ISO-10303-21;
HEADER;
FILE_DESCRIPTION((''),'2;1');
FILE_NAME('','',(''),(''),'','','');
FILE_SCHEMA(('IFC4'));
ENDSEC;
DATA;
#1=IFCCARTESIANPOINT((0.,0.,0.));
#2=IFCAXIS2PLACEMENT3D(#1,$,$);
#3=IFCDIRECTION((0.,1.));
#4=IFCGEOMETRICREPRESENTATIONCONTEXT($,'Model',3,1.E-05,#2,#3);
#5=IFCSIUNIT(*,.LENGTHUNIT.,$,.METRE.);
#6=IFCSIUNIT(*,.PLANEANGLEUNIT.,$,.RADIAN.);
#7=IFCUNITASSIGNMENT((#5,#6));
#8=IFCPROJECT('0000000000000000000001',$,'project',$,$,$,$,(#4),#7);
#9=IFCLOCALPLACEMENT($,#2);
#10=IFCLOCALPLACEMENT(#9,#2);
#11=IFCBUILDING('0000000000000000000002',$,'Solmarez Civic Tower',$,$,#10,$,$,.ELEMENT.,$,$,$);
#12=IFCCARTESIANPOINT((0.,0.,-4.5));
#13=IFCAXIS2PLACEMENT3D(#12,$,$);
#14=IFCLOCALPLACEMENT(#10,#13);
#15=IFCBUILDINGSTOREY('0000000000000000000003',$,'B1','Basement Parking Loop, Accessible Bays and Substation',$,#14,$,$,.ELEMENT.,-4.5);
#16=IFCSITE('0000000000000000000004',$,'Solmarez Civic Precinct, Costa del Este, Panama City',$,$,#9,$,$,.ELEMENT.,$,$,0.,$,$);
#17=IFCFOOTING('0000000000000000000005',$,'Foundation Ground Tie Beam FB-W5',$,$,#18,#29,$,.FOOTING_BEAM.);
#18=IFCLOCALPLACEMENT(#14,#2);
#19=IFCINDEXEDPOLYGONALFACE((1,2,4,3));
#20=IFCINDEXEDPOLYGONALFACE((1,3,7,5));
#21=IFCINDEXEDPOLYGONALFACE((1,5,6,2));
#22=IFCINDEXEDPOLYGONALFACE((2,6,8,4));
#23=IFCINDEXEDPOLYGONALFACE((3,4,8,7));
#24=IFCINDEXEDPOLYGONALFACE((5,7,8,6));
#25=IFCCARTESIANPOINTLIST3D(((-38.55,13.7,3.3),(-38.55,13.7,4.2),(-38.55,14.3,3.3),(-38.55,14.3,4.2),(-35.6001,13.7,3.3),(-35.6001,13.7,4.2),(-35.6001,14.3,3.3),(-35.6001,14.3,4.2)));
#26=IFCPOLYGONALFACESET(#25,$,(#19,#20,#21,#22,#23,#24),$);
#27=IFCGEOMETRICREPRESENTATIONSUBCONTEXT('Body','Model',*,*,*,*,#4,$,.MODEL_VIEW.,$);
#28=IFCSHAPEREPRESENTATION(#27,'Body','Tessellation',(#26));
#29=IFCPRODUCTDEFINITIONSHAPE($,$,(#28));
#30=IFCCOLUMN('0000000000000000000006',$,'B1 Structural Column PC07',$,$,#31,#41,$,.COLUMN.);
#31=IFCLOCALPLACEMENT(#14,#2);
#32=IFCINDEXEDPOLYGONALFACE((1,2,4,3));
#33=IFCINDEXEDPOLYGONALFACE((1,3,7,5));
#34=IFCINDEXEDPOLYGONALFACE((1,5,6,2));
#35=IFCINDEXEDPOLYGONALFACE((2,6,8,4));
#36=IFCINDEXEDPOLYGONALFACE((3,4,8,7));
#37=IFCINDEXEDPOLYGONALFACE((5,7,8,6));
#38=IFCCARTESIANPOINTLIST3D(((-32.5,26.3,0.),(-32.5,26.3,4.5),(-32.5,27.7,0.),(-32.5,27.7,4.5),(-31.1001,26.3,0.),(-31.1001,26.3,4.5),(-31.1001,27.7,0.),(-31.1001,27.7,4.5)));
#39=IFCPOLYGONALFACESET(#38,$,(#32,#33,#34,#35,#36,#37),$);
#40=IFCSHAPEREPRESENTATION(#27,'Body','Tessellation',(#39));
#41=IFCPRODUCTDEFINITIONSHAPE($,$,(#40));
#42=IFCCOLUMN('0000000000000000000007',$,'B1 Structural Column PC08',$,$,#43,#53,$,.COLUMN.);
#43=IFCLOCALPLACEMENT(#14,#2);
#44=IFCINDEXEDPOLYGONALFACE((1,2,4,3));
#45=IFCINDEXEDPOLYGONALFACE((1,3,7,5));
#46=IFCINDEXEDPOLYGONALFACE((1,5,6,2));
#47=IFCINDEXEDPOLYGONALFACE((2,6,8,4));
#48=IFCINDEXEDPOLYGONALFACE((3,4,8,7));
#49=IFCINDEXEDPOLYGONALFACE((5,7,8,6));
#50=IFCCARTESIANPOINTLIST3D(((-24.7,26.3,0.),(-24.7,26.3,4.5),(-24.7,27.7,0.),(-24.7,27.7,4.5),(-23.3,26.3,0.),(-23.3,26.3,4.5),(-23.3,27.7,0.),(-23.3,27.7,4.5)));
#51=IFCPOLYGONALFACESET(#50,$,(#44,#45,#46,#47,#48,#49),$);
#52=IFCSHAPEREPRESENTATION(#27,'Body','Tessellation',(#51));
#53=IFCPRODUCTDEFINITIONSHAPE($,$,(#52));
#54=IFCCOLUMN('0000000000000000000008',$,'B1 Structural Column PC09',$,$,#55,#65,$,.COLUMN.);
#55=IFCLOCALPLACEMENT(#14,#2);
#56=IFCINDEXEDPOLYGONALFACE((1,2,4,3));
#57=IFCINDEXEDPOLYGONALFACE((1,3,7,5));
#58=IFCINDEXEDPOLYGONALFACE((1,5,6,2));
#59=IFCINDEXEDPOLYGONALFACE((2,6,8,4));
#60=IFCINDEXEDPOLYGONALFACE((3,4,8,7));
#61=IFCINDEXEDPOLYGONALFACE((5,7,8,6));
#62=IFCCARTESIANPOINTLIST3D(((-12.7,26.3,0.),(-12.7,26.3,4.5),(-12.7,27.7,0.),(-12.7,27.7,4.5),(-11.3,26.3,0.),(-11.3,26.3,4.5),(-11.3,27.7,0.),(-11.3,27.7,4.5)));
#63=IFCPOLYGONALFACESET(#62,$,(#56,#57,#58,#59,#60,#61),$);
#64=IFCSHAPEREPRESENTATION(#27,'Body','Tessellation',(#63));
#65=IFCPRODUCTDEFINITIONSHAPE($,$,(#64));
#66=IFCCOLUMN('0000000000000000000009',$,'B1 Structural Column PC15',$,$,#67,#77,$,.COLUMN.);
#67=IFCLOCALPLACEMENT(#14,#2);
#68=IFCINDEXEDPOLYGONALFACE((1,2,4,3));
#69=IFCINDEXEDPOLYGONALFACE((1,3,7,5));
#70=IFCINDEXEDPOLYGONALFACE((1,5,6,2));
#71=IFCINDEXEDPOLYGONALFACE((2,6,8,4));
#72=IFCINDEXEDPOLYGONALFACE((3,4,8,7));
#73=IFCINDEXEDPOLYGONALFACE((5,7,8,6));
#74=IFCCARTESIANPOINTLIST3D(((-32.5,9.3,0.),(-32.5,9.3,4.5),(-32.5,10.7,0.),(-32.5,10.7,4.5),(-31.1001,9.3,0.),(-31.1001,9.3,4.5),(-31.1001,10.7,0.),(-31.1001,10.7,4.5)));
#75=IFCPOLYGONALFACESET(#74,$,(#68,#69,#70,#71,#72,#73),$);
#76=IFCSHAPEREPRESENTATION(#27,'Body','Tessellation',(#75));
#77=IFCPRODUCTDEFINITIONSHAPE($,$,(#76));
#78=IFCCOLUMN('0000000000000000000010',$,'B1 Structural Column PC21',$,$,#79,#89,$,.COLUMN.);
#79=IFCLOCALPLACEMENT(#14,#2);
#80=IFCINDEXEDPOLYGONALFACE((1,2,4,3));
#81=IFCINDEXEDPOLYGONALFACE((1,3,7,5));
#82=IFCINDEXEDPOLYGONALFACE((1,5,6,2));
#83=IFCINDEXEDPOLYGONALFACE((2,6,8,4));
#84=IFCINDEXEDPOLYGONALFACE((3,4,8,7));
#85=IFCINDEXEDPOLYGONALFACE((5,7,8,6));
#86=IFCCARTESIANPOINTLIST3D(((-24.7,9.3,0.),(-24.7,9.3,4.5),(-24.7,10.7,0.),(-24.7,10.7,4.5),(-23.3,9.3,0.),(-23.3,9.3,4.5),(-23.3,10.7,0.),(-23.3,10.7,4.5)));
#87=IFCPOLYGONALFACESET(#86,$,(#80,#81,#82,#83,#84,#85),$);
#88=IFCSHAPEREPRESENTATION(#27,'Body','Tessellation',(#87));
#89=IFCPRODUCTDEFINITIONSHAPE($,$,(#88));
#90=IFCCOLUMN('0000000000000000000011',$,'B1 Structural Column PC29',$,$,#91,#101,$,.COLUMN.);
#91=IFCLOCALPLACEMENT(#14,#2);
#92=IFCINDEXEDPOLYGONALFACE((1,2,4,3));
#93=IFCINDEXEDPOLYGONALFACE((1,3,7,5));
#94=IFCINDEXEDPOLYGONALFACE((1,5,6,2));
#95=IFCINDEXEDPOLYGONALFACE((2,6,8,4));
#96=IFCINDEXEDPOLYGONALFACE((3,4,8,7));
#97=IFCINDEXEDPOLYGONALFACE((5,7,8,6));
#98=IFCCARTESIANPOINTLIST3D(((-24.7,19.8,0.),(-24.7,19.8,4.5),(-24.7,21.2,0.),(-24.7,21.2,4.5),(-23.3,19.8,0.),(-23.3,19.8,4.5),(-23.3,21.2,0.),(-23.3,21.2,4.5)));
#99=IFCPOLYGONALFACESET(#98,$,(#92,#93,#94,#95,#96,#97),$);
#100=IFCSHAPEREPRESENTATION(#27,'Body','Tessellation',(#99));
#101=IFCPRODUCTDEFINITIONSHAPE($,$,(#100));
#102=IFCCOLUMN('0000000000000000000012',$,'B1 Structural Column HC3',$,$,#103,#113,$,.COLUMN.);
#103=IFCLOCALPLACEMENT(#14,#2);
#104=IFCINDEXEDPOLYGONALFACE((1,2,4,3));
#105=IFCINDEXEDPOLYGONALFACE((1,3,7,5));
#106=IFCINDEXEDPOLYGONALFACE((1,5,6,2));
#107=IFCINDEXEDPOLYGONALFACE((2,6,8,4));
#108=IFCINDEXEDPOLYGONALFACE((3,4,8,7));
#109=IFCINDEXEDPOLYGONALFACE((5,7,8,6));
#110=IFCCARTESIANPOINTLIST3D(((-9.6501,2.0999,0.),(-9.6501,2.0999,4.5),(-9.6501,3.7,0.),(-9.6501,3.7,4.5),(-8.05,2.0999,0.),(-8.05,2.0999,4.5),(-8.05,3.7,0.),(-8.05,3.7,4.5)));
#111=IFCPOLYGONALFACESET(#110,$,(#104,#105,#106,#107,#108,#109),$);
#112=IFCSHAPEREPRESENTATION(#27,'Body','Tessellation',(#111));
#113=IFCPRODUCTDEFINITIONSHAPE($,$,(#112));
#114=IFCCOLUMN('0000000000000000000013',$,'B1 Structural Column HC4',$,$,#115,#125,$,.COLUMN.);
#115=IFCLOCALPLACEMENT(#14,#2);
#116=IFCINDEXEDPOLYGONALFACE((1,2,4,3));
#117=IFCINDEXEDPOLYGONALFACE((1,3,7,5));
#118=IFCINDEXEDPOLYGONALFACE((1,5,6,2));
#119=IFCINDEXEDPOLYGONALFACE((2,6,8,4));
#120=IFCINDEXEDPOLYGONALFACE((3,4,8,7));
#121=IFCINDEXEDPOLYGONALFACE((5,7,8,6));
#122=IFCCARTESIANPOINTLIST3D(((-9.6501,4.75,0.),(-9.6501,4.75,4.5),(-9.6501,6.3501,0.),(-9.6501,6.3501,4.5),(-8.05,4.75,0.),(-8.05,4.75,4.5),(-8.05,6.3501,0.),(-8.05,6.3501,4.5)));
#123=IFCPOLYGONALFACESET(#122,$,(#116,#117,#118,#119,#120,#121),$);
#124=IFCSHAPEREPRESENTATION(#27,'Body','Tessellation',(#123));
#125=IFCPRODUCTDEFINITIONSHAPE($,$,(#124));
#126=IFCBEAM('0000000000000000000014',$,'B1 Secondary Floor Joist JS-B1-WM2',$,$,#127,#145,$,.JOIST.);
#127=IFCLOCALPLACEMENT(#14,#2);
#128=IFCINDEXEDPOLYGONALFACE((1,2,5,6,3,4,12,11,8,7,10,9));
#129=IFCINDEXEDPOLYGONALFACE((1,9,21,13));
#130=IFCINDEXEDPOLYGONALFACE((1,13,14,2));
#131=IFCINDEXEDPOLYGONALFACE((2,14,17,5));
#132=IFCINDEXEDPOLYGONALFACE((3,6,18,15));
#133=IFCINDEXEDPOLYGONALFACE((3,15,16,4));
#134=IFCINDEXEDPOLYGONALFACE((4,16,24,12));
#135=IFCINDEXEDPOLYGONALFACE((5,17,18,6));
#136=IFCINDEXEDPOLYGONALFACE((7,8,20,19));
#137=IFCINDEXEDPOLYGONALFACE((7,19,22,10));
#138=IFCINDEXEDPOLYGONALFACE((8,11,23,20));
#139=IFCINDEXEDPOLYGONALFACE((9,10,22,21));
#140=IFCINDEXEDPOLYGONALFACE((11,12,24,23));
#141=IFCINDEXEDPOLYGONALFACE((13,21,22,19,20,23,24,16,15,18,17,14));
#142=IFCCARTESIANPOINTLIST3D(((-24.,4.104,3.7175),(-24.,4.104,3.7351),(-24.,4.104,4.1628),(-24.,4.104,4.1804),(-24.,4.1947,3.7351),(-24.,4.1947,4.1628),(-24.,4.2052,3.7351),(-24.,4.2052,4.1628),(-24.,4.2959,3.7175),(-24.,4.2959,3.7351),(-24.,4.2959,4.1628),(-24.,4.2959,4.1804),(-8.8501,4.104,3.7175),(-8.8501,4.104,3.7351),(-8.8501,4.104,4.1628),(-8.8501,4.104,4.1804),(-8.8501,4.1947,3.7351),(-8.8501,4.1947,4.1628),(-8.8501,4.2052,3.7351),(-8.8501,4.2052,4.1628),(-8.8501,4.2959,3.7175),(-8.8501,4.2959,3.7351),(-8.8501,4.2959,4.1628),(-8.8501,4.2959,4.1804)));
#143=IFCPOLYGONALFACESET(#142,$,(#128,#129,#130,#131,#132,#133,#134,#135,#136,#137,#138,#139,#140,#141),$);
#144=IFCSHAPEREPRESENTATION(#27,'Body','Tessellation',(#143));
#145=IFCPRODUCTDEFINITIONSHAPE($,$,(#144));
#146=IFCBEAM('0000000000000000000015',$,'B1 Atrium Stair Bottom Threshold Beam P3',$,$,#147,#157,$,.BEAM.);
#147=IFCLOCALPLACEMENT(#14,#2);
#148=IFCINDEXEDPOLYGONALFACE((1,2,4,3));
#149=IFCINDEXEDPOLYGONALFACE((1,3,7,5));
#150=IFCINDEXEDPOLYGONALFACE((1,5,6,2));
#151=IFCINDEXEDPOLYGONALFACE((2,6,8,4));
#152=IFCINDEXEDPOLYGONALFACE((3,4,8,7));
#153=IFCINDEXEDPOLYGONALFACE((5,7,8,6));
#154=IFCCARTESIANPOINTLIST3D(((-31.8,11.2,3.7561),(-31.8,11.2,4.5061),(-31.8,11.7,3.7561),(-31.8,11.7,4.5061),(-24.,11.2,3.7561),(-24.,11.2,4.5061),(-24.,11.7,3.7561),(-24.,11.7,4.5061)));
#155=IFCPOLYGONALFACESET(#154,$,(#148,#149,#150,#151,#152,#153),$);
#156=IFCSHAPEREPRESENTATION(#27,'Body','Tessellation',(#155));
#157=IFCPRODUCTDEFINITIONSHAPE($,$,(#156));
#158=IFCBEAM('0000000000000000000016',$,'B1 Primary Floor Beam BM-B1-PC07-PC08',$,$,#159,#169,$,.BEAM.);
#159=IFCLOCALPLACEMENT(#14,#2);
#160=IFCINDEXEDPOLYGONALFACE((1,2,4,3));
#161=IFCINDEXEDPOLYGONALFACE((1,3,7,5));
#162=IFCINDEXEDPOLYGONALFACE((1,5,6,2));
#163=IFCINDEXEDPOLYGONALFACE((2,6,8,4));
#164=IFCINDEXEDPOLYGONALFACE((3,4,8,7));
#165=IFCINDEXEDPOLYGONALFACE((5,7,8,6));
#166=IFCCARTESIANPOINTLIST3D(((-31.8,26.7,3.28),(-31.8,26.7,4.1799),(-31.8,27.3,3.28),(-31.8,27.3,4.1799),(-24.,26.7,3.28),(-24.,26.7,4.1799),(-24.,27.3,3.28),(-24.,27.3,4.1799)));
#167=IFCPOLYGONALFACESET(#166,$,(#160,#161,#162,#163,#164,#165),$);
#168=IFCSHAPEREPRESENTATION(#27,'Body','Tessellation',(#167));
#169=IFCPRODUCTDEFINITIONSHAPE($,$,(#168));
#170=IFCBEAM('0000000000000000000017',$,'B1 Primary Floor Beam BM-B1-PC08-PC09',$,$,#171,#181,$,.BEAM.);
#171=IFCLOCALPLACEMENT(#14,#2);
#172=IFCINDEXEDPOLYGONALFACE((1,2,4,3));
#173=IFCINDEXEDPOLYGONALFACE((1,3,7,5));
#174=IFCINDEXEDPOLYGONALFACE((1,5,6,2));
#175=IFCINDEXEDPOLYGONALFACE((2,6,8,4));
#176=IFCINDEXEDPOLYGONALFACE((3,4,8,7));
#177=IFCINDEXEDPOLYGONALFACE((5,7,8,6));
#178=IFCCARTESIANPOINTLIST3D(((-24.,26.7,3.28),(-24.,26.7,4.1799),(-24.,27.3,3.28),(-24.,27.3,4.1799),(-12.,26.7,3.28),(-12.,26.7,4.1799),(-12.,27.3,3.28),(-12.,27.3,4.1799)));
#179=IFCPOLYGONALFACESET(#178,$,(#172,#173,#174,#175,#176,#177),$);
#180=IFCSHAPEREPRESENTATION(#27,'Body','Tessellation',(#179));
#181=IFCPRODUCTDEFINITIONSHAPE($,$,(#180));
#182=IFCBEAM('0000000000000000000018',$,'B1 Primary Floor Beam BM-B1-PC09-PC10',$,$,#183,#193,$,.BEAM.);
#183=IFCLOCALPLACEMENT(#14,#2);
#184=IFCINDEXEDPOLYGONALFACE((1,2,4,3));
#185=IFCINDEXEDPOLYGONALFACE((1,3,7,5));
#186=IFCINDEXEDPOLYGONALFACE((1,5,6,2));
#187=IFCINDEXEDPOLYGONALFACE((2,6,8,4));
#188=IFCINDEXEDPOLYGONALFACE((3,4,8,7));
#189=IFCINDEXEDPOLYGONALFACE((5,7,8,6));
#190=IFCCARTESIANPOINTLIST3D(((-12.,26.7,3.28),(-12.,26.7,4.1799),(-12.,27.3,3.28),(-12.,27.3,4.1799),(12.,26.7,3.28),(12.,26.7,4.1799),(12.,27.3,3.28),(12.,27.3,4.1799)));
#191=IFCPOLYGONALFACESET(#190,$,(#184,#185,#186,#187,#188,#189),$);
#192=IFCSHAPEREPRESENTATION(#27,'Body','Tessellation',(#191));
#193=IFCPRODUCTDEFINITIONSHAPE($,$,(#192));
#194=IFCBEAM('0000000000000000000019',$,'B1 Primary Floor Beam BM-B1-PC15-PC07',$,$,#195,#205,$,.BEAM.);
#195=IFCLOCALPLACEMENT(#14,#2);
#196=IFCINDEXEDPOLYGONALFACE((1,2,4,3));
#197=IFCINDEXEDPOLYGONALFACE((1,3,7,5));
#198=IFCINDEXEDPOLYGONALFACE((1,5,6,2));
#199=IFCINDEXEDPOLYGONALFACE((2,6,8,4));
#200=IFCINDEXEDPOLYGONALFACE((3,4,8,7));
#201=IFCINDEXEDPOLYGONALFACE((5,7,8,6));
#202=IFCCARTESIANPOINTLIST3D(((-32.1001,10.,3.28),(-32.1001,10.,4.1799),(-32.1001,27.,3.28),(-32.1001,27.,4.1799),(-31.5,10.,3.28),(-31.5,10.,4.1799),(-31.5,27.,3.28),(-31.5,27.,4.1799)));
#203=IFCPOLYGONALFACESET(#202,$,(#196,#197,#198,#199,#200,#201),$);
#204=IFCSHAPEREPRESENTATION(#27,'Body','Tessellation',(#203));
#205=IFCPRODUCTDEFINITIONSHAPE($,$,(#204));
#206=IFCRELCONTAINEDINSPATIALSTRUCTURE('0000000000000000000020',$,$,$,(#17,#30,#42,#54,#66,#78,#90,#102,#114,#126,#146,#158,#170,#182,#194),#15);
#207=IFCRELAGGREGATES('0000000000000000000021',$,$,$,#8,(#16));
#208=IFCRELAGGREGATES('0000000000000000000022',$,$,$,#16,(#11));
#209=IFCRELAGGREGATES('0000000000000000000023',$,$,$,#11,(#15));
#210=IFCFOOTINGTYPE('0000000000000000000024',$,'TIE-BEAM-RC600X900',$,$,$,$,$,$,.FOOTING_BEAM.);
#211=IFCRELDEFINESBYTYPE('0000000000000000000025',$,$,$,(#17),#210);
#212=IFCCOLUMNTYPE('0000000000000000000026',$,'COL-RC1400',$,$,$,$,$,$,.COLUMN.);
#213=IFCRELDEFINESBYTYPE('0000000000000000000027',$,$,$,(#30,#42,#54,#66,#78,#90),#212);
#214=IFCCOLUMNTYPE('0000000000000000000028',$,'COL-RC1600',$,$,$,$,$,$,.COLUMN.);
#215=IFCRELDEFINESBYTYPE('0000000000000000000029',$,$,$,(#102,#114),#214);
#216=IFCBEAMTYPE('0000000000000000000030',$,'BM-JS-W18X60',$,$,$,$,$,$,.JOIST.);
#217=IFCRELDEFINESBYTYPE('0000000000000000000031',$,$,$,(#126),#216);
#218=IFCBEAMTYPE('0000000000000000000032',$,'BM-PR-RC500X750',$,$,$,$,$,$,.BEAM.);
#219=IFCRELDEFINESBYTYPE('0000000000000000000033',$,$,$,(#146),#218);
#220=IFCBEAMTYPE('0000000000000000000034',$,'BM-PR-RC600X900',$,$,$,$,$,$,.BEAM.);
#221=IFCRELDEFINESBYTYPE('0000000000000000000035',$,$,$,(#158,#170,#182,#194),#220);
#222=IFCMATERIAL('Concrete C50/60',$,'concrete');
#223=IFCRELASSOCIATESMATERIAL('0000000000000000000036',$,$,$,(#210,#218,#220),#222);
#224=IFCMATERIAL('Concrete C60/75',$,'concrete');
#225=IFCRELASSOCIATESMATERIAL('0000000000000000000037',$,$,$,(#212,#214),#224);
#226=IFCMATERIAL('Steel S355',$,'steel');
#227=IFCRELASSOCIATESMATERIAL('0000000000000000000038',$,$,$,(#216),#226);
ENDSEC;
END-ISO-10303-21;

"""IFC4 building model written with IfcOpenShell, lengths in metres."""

from ifc_helpers import new_model, si_unit, direction, frame, origin, origin_2d, place, context, subcontext, project, spatial, rectangle, i_section, extrude, material, material_profile, profile_set, type_object, element, save


model = new_model("IFC4")

# Units and contexts
model_context = context("Model", 3, precision=1e-05, world=origin(), true_north=direction((0.0, 1.0)))
body_context = subcontext(model_context, "Body", "Model", "MODEL_VIEW")
ifc_project = project(units=[si_unit("LENGTHUNIT", "METRE"), si_unit("PLANEANGLEUNIT", "RADIAN")], contexts=[model_context])

# Site, building, storey
site_placement = place(None, origin())
site = spatial("IfcSite", under=ifc_project, at=site_placement, Name="Solmarez Civic Precinct, Costa del Este, Panama City", CompositionType="ELEMENT", RefElevation=0.0)
building_placement = place(site_placement, origin())
building = spatial("IfcBuilding", under=site, at=building_placement, Name="Solmarez Civic Tower", CompositionType="ELEMENT")
storey_placement = place(building_placement, frame((0.0, 0.0, -4.5)))
storey = spatial("IfcBuildingStorey", under=building, at=storey_placement, Name="B1", Description="Basement Parking Loop, Accessible Bays and Substation", CompositionType="ELEMENT", Elevation=-4.5)

# Footing
ifc_material_1 = material(Name="Concrete C50/60", Category="concrete")
ifc_material_profile_1 = material_profile(ifc_material_1, rectangle(XDim=0.6001, YDim=0.8999, at=origin_2d()), Name="RC600X900")
ifc_profile_set_1 = profile_set([ifc_material_profile_1], Name="Concrete C50/60")
footing_type = type_object("IfcFootingType", Name="TIE-BEAM-RC600X900", PredefinedType="FOOTING_BEAM", material=ifc_profile_set_1)
footing_placement = place(storey_placement, frame((-38.55, 14.0, 3.75), z_axis=(1.0, 0.0, 0.0), x_axis=(0.0, 1.0, 0.0)))
element("IfcFooting", 1, at=footing_placement, inside=storey, type_object=footing_type, Name="Foundation Ground Tie Beam FB-W5", PredefinedType="FOOTING_BEAM", context=body_context, shape_type="SweptSolid", body=[
    extrude(rectangle(XDim=0.6001, YDim=0.8999, at=origin_2d()), origin(), (0.0, 0.0, 1.0), 2.95),
])

# Columns
ifc_material_2 = material(Name="Concrete C60/75", Category="concrete")
ifc_material_profile_2 = material_profile(ifc_material_2, rectangle(XDim=1.3999, YDim=1.3999, at=origin_2d()), Name="RC1400X1400")
ifc_profile_set_2 = profile_set([ifc_material_profile_2], Name="Concrete C60/75")
column_type_1 = type_object("IfcColumnType", Name="COL-RC1400", PredefinedType="COLUMN", material=ifc_profile_set_2)
for number, where, z_axis, x_axis, name in (
    (2, (-31.8, 27.0, 0.0), (0.0, 0.0, 1.0), (1.0, 0.0, 0.0), "B1 Structural Column PC07"),
    (3, (-24.0, 27.0, 0.0), (0.0, 0.0, 1.0), (1.0, 0.0, 0.0), "B1 Structural Column PC08"),
    (4, (-12.0, 27.0, 0.0), (0.0, 0.0, 1.0), (1.0, 0.0, 0.0), "B1 Structural Column PC09"),
    (5, (-31.8, 10.0, 0.0), (0.0, 0.0, 1.0), (1.0, 0.0, 0.0), "B1 Structural Column PC15"),
    (6, (-24.0, 10.0, 0.0), (0.0, 0.0, 1.0), (1.0, 0.0, 0.0), "B1 Structural Column PC21"),
    (7, (-24.0, 20.5, 0.0), (0.0, 0.0, 1.0), (1.0, 0.0, 0.0), "B1 Structural Column PC29"),
):
    element("IfcColumn", number, at=place(storey_placement, frame(where, z_axis=z_axis, x_axis=x_axis)), inside=storey, type_object=column_type_1, Name=name, PredefinedType="COLUMN", context=body_context, shape_type="SweptSolid", body=[
        extrude(rectangle(XDim=1.3999, YDim=1.3999, at=origin_2d()), origin(), (0.0, 0.0, 1.0), 4.5),
    ])
ifc_material_profile_3 = material_profile(ifc_material_2, rectangle(XDim=1.6001, YDim=1.6001, at=origin_2d()), Name="RC1600X1600")
ifc_profile_set_3 = profile_set([ifc_material_profile_3], Name="Concrete C60/75")
column_type_2 = type_object("IfcColumnType", Name="COL-RC1600", PredefinedType="COLUMN", material=ifc_profile_set_3)
for number, where, z_axis, x_axis, name in (
    (8, (-8.8501, 2.8999, 0.0), (0.0, 0.0, 1.0), (1.0, 0.0, 0.0), "B1 Structural Column HC3"),
    (9, (-8.8501, 5.55, 0.0), (0.0, 0.0, 1.0), (1.0, 0.0, 0.0), "B1 Structural Column HC4"),
):
    element("IfcColumn", number, at=place(storey_placement, frame(where, z_axis=z_axis, x_axis=x_axis)), inside=storey, type_object=column_type_2, Name=name, PredefinedType="COLUMN", context=body_context, shape_type="SweptSolid", body=[
        extrude(rectangle(XDim=1.6001, YDim=1.6001, at=origin_2d()), origin(), (0.0, 0.0, 1.0), 4.5),
    ])

# Beams
ifc_material_3 = material(Name="Steel S355", Category="steel")
ifc_material_profile_4 = material_profile(ifc_material_3, i_section(OverallWidth=0.1919, OverallDepth=0.4629, WebThickness=0.0105, FlangeThickness=0.0176, at=origin_2d()), Name="W18X60")
ifc_profile_set_4 = profile_set([ifc_material_profile_4], Name="Steel S355")
beam_type_1 = type_object("IfcBeamType", Name="BM-JS-W18X60", PredefinedType="JOIST", material=ifc_profile_set_4)
beam_1_placement = place(storey_placement, frame((-24.0, 4.2, 3.949), z_axis=(1.0, 0.0, 0.0), x_axis=(0.0, 1.0, 0.0)))
element("IfcBeam", 10, at=beam_1_placement, inside=storey, type_object=beam_type_1, Name="B1 Secondary Floor Joist JS-B1-WM2", PredefinedType="JOIST", context=body_context, shape_type="SweptSolid", body=[
    extrude(i_section(OverallWidth=0.1919, OverallDepth=0.4629, WebThickness=0.0105, FlangeThickness=0.0176, at=origin_2d()), origin(), (0.0, 0.0, 1.0), 15.1499),
])
ifc_material_profile_5 = material_profile(ifc_material_1, rectangle(XDim=0.5, YDim=0.75, at=origin_2d()), Name="RC500X750")
ifc_profile_set_5 = profile_set([ifc_material_profile_5], Name="Concrete C50/60")
beam_type_2 = type_object("IfcBeamType", Name="BM-PR-RC500X750", PredefinedType="BEAM", material=ifc_profile_set_5)
beam_2_placement = place(storey_placement, frame((-31.8, 11.45, 4.1311), z_axis=(1.0, 0.0, 0.0), x_axis=(0.0, 1.0, 0.0)))
element("IfcBeam", 11, at=beam_2_placement, inside=storey, type_object=beam_type_2, Name="B1 Atrium Stair Bottom Threshold Beam P3", PredefinedType="BEAM", context=body_context, shape_type="SweptSolid", body=[
    extrude(rectangle(XDim=0.5, YDim=0.75, at=origin_2d()), origin(), (0.0, 0.0, 1.0), 7.8),
])
ifc_material_profile_6 = material_profile(ifc_material_1, rectangle(XDim=0.6001, YDim=0.8999, at=origin_2d()), Name="RC600X900")
ifc_profile_set_6 = profile_set([ifc_material_profile_6], Name="Concrete C50/60")
beam_type_3 = type_object("IfcBeamType", Name="BM-PR-RC600X900", PredefinedType="BEAM", material=ifc_profile_set_6)
beam_3_placement = place(storey_placement, frame((-31.8, 27.0, 3.73), z_axis=(1.0, 0.0, 0.0), x_axis=(0.0, 1.0, 0.0)))
element("IfcBeam", 12, at=beam_3_placement, inside=storey, type_object=beam_type_3, Name="B1 Primary Floor Beam BM-B1-PC07-PC08", PredefinedType="BEAM", context=body_context, shape_type="SweptSolid", body=[
    extrude(rectangle(XDim=0.6001, YDim=0.8999, at=origin_2d()), origin(), (0.0, 0.0, 1.0), 7.8),
])
beam_4_placement = place(storey_placement, frame((-24.0, 27.0, 3.73), z_axis=(1.0, 0.0, 0.0), x_axis=(0.0, 1.0, 0.0)))
element("IfcBeam", 13, at=beam_4_placement, inside=storey, type_object=beam_type_3, Name="B1 Primary Floor Beam BM-B1-PC08-PC09", PredefinedType="BEAM", context=body_context, shape_type="SweptSolid", body=[
    extrude(rectangle(XDim=0.6001, YDim=0.8999, at=origin_2d()), origin(), (0.0, 0.0, 1.0), 12.0),
])
beam_5_placement = place(storey_placement, frame((-12.0, 27.0, 3.73), z_axis=(1.0, 0.0, 0.0), x_axis=(0.0, 1.0, 0.0)))
element("IfcBeam", 14, at=beam_5_placement, inside=storey, type_object=beam_type_3, Name="B1 Primary Floor Beam BM-B1-PC09-PC10", PredefinedType="BEAM", context=body_context, shape_type="SweptSolid", body=[
    extrude(rectangle(XDim=0.6001, YDim=0.8999, at=origin_2d()), origin(), (0.0, 0.0, 1.0), 24.0),
])
beam_6_placement = place(storey_placement, frame((-31.8, 10.0, 3.73), z_axis=(0.0, 1.0, 0.0), x_axis=(-1.0, 0.0, 0.0)))
element("IfcBeam", 15, at=beam_6_placement, inside=storey, type_object=beam_type_3, Name="B1 Primary Floor Beam BM-B1-PC15-PC07", PredefinedType="BEAM", context=body_context, shape_type="SweptSolid", body=[
    extrude(rectangle(XDim=0.6001, YDim=0.8999, at=origin_2d()), origin(), (0.0, 0.0, 1.0), 17.0),
])

save(model, "model.ifc")
